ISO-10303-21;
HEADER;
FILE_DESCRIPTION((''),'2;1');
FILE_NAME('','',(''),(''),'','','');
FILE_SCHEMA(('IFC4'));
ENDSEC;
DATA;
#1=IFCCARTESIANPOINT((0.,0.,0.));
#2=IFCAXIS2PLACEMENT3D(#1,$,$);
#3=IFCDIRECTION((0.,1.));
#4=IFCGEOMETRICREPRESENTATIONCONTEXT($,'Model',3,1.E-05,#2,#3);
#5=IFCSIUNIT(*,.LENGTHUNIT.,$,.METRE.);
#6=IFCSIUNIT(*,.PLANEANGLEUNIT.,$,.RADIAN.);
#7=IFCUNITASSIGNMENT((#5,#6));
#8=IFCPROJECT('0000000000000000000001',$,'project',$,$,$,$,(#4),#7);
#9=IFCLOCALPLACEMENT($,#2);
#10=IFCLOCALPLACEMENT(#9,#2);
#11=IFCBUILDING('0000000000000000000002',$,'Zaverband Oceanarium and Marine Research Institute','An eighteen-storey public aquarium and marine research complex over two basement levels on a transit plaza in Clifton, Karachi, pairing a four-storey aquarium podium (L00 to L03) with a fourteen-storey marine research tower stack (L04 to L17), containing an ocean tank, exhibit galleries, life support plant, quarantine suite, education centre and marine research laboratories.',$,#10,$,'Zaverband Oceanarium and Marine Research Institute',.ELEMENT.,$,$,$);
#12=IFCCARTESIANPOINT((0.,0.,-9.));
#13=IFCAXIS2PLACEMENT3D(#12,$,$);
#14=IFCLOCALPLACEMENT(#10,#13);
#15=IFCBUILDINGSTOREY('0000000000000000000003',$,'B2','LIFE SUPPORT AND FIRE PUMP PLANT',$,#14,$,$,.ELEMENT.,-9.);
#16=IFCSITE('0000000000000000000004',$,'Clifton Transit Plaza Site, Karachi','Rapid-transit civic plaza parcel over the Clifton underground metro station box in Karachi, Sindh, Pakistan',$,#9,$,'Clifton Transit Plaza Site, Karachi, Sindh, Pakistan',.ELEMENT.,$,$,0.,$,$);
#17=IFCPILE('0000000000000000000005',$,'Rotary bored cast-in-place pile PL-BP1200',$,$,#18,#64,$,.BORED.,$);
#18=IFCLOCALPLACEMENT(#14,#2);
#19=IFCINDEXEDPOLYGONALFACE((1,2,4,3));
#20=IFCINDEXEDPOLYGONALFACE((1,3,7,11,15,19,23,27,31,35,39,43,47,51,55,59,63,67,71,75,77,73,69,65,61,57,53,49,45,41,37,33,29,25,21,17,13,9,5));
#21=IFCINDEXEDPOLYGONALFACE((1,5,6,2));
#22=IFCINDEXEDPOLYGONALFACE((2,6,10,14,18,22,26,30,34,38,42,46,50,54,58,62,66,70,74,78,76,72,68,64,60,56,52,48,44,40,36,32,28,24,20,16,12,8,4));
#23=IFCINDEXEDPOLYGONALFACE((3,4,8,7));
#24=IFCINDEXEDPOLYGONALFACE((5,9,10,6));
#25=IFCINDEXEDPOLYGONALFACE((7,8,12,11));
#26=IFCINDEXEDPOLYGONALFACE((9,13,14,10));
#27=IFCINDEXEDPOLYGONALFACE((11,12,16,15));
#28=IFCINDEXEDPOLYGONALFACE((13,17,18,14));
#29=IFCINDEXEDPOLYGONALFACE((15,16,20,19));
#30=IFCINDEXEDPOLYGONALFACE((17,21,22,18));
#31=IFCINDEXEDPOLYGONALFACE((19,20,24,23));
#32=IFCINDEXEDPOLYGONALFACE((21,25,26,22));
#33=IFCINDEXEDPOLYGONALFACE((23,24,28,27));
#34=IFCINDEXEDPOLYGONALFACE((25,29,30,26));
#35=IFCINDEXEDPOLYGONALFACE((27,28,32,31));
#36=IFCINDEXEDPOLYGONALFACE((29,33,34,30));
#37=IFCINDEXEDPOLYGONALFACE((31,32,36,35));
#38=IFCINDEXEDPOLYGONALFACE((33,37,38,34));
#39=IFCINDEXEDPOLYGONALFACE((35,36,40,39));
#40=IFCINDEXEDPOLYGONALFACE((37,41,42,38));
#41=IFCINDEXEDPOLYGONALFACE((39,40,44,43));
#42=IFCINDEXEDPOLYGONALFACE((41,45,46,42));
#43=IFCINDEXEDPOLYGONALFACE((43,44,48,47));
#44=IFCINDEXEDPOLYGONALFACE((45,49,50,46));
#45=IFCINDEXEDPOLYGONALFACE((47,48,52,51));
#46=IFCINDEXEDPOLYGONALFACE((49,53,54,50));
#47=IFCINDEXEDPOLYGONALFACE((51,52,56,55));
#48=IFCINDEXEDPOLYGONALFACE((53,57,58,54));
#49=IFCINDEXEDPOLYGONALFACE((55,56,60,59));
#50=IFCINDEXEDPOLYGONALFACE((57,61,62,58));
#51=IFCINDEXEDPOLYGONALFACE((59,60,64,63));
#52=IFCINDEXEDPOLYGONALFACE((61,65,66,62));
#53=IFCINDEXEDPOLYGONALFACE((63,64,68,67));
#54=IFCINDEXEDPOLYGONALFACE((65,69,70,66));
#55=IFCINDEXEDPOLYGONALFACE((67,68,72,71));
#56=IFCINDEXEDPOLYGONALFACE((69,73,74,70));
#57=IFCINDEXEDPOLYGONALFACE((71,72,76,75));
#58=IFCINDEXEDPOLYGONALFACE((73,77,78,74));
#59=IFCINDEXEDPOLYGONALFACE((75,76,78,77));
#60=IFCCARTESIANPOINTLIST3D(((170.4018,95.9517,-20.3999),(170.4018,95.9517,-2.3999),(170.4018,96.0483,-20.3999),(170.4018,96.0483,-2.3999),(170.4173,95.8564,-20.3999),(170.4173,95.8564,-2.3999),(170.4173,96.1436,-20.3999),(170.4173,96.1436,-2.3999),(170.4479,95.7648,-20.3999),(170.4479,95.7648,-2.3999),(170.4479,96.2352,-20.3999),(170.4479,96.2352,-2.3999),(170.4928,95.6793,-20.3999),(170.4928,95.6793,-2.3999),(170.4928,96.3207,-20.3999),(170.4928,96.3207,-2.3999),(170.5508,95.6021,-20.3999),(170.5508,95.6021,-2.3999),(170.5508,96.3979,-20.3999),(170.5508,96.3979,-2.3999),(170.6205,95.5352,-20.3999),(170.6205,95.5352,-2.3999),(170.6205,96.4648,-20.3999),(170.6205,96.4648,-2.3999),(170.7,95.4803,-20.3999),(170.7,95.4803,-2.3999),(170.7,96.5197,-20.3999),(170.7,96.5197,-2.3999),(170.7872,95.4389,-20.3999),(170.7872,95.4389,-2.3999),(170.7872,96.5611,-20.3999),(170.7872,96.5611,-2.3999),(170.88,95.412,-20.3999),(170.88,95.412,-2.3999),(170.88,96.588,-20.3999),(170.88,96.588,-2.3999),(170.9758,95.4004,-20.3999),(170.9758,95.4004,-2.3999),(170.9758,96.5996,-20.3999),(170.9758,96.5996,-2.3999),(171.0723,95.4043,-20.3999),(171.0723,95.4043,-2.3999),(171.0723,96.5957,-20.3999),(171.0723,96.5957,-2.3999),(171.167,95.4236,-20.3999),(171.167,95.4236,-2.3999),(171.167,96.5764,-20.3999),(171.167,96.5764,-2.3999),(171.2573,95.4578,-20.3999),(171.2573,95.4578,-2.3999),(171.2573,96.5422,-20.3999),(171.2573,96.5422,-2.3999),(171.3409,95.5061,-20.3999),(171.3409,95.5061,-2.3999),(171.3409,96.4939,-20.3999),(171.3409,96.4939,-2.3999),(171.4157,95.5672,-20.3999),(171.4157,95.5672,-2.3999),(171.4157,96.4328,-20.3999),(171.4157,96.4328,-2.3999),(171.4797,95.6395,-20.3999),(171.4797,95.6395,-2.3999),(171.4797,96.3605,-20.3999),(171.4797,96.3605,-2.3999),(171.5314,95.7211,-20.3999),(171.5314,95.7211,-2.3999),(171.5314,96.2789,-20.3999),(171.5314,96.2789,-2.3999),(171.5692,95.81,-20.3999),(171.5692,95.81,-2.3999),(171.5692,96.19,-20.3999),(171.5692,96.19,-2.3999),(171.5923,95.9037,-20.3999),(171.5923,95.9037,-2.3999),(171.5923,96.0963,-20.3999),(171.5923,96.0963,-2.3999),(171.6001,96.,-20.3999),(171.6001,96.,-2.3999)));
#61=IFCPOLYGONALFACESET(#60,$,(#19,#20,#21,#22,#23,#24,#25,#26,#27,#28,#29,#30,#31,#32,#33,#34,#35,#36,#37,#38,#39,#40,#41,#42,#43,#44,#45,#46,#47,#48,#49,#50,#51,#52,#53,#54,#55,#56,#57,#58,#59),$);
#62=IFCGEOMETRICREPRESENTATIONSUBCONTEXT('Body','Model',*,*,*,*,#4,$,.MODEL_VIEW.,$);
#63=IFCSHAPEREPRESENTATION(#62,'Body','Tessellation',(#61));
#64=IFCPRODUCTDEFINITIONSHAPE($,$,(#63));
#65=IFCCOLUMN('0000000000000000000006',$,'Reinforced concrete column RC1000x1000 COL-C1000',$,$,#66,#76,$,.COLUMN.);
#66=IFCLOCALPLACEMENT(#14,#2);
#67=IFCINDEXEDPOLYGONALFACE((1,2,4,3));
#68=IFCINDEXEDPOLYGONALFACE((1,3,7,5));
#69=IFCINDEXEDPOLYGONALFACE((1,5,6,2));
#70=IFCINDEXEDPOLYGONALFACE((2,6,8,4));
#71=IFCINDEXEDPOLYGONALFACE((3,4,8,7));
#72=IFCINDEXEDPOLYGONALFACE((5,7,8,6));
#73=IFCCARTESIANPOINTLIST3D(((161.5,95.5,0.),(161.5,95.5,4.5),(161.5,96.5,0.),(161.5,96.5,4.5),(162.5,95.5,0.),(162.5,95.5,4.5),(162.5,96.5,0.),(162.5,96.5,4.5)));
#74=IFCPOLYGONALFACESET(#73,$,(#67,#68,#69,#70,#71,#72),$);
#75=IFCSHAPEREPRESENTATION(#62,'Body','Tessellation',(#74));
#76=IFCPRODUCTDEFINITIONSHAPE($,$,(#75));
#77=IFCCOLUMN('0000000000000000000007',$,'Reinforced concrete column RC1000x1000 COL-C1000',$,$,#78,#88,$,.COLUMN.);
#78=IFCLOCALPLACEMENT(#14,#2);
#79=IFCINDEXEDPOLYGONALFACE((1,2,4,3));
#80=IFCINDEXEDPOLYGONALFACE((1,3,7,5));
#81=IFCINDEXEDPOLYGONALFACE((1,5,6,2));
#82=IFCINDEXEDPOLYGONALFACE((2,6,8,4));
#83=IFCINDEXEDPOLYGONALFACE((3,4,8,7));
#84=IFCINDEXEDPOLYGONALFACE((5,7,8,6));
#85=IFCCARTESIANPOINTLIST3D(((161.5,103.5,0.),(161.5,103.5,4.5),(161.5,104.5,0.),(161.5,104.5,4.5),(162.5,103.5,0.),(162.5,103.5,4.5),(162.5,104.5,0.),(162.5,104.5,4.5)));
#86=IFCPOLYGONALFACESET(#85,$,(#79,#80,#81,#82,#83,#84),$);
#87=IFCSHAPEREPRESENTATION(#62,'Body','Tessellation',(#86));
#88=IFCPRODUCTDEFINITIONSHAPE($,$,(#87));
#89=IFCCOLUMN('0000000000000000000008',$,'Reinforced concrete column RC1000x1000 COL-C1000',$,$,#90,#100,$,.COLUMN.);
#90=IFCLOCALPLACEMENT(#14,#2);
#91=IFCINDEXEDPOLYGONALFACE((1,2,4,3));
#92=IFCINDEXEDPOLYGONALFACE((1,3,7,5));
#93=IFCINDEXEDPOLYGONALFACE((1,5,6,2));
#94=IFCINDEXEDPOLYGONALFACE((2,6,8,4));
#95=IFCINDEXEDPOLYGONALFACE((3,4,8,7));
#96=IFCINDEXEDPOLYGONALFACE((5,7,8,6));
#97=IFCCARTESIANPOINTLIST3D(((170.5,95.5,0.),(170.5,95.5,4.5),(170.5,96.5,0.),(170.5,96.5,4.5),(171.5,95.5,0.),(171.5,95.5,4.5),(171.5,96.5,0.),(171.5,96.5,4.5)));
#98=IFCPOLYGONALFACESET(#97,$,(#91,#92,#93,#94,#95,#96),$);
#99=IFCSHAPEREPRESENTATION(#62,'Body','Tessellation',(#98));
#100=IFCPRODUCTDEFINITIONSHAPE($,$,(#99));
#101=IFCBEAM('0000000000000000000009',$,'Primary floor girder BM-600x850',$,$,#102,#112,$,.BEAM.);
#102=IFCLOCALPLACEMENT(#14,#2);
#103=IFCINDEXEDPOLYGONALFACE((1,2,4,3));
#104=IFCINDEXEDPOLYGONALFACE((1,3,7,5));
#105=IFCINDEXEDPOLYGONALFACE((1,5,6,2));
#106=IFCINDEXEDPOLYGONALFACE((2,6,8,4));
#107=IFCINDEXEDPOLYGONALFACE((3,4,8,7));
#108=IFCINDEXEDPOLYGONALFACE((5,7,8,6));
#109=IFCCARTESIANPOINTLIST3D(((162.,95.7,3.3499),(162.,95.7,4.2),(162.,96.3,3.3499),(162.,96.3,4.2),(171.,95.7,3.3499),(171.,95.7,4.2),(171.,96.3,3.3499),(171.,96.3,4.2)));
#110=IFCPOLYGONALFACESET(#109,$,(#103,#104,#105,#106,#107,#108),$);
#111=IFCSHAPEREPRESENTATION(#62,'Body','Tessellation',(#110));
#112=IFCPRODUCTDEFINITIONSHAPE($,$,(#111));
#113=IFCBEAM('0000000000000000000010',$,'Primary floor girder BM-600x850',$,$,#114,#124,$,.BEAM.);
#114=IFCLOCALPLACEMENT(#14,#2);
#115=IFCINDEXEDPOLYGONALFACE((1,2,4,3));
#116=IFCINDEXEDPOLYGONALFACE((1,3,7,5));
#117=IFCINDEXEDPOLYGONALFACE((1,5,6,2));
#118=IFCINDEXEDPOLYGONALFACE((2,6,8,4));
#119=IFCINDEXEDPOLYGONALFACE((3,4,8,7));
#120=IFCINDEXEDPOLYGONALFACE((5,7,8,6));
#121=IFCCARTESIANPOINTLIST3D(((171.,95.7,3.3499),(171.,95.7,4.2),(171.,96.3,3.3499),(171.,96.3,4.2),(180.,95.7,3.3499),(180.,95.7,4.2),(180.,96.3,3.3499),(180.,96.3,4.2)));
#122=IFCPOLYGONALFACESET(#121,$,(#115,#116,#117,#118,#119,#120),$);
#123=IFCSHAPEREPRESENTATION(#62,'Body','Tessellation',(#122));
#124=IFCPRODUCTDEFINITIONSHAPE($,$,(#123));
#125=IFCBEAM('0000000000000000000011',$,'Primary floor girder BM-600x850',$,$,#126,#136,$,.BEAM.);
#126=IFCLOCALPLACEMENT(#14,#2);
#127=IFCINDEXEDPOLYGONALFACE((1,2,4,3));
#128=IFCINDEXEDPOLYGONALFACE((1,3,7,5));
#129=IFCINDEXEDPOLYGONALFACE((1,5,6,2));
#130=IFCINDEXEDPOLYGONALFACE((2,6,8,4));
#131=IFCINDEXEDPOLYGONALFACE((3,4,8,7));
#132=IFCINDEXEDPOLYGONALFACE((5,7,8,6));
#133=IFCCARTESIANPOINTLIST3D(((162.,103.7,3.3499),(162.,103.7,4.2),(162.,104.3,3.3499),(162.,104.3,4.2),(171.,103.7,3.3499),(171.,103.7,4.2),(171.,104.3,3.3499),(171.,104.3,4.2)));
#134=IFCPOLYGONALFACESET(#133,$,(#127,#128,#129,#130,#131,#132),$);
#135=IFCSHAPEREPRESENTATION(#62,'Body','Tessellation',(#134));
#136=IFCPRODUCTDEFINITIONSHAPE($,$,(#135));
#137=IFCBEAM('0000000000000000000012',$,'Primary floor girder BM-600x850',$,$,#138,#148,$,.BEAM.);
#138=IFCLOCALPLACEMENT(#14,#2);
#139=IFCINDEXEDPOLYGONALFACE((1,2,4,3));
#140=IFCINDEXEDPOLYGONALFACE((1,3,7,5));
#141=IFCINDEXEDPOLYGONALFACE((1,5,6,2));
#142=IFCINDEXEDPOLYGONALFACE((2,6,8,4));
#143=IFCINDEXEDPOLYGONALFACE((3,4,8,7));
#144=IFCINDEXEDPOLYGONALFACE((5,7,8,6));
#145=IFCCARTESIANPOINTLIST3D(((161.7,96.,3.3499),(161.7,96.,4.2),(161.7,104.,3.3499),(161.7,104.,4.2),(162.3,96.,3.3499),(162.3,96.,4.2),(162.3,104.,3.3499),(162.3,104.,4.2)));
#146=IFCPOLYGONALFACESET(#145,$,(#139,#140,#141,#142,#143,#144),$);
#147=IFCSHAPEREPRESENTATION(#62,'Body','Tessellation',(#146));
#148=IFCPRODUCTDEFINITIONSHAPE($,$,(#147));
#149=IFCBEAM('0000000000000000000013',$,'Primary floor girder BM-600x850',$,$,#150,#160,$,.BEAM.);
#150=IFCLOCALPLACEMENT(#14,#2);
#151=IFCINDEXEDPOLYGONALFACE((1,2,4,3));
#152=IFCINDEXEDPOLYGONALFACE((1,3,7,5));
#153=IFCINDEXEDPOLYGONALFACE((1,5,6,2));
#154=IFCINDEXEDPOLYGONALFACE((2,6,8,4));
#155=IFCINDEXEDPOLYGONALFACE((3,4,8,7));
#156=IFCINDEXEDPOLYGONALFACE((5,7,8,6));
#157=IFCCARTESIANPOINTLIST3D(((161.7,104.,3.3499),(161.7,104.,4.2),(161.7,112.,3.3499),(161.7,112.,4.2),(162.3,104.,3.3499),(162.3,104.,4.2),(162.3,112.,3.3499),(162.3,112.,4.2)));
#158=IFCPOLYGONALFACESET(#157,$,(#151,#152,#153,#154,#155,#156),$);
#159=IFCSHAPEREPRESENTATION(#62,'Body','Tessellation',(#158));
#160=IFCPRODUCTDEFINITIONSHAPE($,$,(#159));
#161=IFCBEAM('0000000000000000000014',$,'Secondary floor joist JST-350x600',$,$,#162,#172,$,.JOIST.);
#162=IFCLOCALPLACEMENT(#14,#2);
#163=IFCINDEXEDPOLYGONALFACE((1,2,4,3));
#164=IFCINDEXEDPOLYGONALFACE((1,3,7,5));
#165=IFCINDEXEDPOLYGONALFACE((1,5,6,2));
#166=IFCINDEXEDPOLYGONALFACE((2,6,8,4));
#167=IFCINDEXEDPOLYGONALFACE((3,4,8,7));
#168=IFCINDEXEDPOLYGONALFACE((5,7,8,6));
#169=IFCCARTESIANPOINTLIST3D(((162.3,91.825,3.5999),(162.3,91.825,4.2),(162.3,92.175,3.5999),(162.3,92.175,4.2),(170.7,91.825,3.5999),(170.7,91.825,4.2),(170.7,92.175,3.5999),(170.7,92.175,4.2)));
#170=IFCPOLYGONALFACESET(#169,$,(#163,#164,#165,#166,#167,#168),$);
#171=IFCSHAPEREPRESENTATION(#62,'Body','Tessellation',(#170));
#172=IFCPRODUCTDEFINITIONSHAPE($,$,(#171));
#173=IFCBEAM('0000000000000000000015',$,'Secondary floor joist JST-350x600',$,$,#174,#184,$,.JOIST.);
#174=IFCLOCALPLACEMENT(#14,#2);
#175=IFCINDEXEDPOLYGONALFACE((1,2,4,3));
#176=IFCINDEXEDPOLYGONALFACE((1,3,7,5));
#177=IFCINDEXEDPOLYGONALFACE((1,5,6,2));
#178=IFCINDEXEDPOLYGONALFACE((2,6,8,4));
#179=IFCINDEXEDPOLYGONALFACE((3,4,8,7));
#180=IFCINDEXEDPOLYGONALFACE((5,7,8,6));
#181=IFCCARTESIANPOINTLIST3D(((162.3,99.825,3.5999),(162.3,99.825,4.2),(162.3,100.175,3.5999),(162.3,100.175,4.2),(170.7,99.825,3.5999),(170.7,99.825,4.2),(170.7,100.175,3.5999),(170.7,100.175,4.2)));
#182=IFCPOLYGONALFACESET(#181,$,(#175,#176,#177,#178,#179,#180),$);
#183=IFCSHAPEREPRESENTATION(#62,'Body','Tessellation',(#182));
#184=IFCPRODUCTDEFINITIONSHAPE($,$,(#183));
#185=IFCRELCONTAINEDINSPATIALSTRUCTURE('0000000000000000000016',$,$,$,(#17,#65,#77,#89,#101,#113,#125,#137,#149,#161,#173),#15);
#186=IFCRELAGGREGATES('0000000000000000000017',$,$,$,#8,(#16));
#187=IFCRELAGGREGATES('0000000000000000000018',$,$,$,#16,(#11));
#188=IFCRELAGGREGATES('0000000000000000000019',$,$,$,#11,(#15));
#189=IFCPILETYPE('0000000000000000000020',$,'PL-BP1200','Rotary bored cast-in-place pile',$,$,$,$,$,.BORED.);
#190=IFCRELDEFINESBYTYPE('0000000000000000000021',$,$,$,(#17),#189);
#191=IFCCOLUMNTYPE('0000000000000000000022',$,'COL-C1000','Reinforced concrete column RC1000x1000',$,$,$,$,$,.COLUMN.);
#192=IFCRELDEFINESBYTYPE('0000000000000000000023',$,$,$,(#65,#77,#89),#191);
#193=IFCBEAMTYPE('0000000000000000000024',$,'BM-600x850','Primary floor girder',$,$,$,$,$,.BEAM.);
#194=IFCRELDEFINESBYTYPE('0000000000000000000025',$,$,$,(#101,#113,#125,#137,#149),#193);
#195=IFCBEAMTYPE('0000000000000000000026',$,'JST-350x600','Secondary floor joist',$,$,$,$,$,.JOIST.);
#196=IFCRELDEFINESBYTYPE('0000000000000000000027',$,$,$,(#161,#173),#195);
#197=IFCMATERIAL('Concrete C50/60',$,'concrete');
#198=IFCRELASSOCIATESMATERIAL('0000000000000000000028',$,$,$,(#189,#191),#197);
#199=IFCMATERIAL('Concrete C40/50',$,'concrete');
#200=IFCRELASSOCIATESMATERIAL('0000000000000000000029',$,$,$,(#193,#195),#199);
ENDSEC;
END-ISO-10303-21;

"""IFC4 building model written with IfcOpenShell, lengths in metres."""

from ifc_helpers import new_model, si_unit, direction, frame, origin, origin_2d, place, context, subcontext, project, spatial, rectangle, circle, extrude, material, material_profile, profile_set, type_object, element, save


model = new_model("IFC4")

# Units and contexts
model_context = context("Model", 3, precision=1e-05, world=origin(), true_north=direction((0.0, 1.0)))
body_context = subcontext(model_context, "Body", "Model", "MODEL_VIEW")
ifc_project = project(units=[si_unit("LENGTHUNIT", "METRE"), si_unit("PLANEANGLEUNIT", "RADIAN")], contexts=[model_context])

# Site, building, storey
site_placement = place(None, origin())
site = spatial("IfcSite", under=ifc_project, at=site_placement, Name="Clifton Transit Plaza Site, Karachi", Description="Rapid-transit civic plaza parcel over the Clifton underground metro station box in Karachi, Sindh, Pakistan", LongName="Clifton Transit Plaza Site, Karachi, Sindh, Pakistan", CompositionType="ELEMENT", RefElevation=0.0)
building_placement = place(site_placement, origin())
building = spatial("IfcBuilding", under=site, at=building_placement, Name="Zaverband Oceanarium and Marine Research Institute", Description="An eighteen-storey public aquarium and marine research complex over two basement levels on a transit plaza in Clifton, Karachi, pairing a four-storey aquarium podium (L00 to L03) with a fourteen-storey marine research tower stack (L04 to L17), containing an ocean tank, exhibit galleries, life support plant, quarantine suite, education centre and marine research laboratories.", LongName="Zaverband Oceanarium and Marine Research Institute", CompositionType="ELEMENT")
storey_placement = place(building_placement, frame((0.0, 0.0, -9.0)))
storey = spatial("IfcBuildingStorey", under=building, at=storey_placement, Name="B2", Description="LIFE SUPPORT AND FIRE PUMP PLANT", CompositionType="ELEMENT", Elevation=-9.0)

# Shared definitions
ifc_material_1 = material(Name="Concrete C50/60", Category="concrete")

# Pile
ifc_material_profile_1 = material_profile(ifc_material_1, circle(Radius=0.6001, at=origin_2d()), Name="BP1200")
ifc_profile_set_1 = profile_set([ifc_material_profile_1], Name="Concrete C50/60")
pile_type = type_object("IfcPileType", Name="PL-BP1200", Description="Rotary bored cast-in-place pile", PredefinedType="BORED", material=ifc_profile_set_1)
for number, where, z_axis, x_axis, name in (
    (1, (171.0, 96.0, -2.3999), (0.0, 0.0, -1.0), (1.0, 0.0, 0.0), "Rotary bored cast-in-place pile PL-BP1200"),
):
    element("IfcPile", number, at=place(storey_placement, frame(where, z_axis=z_axis, x_axis=x_axis)), inside=storey, type_object=pile_type, Name=name, PredefinedType="BORED", context=body_context, shape_type="SweptSolid", body=[
        extrude(circle(Radius=0.6001, at=origin_2d()), origin(), (0.0, 0.0, 1.0), 18.0),
    ])

# Columns
ifc_material_profile_2 = material_profile(ifc_material_1, rectangle(XDim=1.0, YDim=1.0, at=origin_2d()), Name="RC1000x1000")
ifc_profile_set_2 = profile_set([ifc_material_profile_2], Name="Concrete C50/60")
column_type = type_object("IfcColumnType", Name="COL-C1000", Description="Reinforced concrete column RC1000x1000", PredefinedType="COLUMN", material=ifc_profile_set_2)
for number, where, z_axis, x_axis, name in (
    (2, (162.0, 96.0, 0.0), (0.0, 0.0, 1.0), (1.0, 0.0, 0.0), "Reinforced concrete column RC1000x1000 COL-C1000"),
    (3, (162.0, 104.0, 0.0), (0.0, 0.0, 1.0), (1.0, 0.0, 0.0), "Reinforced concrete column RC1000x1000 COL-C1000"),
    (4, (171.0, 96.0, 0.0), (0.0, 0.0, 1.0), (1.0, 0.0, 0.0), "Reinforced concrete column RC1000x1000 COL-C1000"),
):
    element("IfcColumn", number, at=place(storey_placement, frame(where, z_axis=z_axis, x_axis=x_axis)), inside=storey, type_object=column_type, Name=name, PredefinedType="COLUMN", context=body_context, shape_type="SweptSolid", body=[
        extrude(rectangle(XDim=1.0, YDim=1.0, at=origin_2d()), origin(), (0.0, 0.0, 1.0), 4.5),
    ])

# Beams
ifc_material_2 = material(Name="Concrete C40/50", Category="concrete")
ifc_material_profile_3 = material_profile(ifc_material_2, rectangle(XDim=0.6001, YDim=0.8501, at=origin_2d()), Name="RC600x850")
ifc_profile_set_3 = profile_set([ifc_material_profile_3], Name="Concrete C40/50")
beam_type_1 = type_object("IfcBeamType", Name="BM-600x850", Description="Primary floor girder", PredefinedType="BEAM", material=ifc_profile_set_3)
for number, where, z_axis, x_axis, name in (
    (5, (162.0, 96.0, 3.7749), (1.0, 0.0, 0.0), (0.0, 1.0, 0.0), "Primary floor girder BM-600x850"),
    (6, (171.0, 96.0, 3.7749), (1.0, 0.0, 0.0), (0.0, 1.0, 0.0), "Primary floor girder BM-600x850"),
    (7, (162.0, 104.0, 3.7749), (1.0, 0.0, 0.0), (0.0, 1.0, 0.0), "Primary floor girder BM-600x850"),
):
    element("IfcBeam", number, at=place(storey_placement, frame(where, z_axis=z_axis, x_axis=x_axis)), inside=storey, type_object=beam_type_1, Name=name, PredefinedType="BEAM", context=body_context, shape_type="SweptSolid", body=[
        extrude(rectangle(XDim=0.6001, YDim=0.8501, at=origin_2d()), origin(), (0.0, 0.0, 1.0), 9.0),
    ])
for number, where, z_axis, x_axis, name in (
    (8, (162.0, 96.0, 3.7749), (0.0, 1.0, 0.0), (-1.0, 0.0, 0.0), "Primary floor girder BM-600x850"),
    (9, (162.0, 104.0, 3.7749), (0.0, 1.0, 0.0), (-1.0, 0.0, 0.0), "Primary floor girder BM-600x850"),
):
    element("IfcBeam", number, at=place(storey_placement, frame(where, z_axis=z_axis, x_axis=x_axis)), inside=storey, type_object=beam_type_1, Name=name, PredefinedType="BEAM", context=body_context, shape_type="SweptSolid", body=[
        extrude(rectangle(XDim=0.6001, YDim=0.8501, at=origin_2d()), origin(), (0.0, 0.0, 1.0), 8.0),
    ])
ifc_material_profile_4 = material_profile(ifc_material_2, rectangle(XDim=0.3501, YDim=0.6001, at=origin_2d()), Name="RC350x600")
ifc_profile_set_4 = profile_set([ifc_material_profile_4], Name="Concrete C40/50")
beam_type_2 = type_object("IfcBeamType", Name="JST-350x600", Description="Secondary floor joist", PredefinedType="JOIST", material=ifc_profile_set_4)
for number, where, z_axis, x_axis, name in (
    (10, (162.3, 92.0, 3.8999), (1.0, 0.0, 0.0), (0.0, 1.0, 0.0), "Secondary floor joist JST-350x600"),
    (11, (162.3, 100.0, 3.8999), (1.0, 0.0, 0.0), (0.0, 1.0, 0.0), "Secondary floor joist JST-350x600"),
):
    element("IfcBeam", number, at=place(storey_placement, frame(where, z_axis=z_axis, x_axis=x_axis)), inside=storey, type_object=beam_type_2, Name=name, PredefinedType="JOIST", context=body_context, shape_type="SweptSolid", body=[
        extrude(rectangle(XDim=0.3501, YDim=0.6001, at=origin_2d()), origin(), (0.0, 0.0, 1.0), 8.3999),
    ])

save(model, "model.ifc")
